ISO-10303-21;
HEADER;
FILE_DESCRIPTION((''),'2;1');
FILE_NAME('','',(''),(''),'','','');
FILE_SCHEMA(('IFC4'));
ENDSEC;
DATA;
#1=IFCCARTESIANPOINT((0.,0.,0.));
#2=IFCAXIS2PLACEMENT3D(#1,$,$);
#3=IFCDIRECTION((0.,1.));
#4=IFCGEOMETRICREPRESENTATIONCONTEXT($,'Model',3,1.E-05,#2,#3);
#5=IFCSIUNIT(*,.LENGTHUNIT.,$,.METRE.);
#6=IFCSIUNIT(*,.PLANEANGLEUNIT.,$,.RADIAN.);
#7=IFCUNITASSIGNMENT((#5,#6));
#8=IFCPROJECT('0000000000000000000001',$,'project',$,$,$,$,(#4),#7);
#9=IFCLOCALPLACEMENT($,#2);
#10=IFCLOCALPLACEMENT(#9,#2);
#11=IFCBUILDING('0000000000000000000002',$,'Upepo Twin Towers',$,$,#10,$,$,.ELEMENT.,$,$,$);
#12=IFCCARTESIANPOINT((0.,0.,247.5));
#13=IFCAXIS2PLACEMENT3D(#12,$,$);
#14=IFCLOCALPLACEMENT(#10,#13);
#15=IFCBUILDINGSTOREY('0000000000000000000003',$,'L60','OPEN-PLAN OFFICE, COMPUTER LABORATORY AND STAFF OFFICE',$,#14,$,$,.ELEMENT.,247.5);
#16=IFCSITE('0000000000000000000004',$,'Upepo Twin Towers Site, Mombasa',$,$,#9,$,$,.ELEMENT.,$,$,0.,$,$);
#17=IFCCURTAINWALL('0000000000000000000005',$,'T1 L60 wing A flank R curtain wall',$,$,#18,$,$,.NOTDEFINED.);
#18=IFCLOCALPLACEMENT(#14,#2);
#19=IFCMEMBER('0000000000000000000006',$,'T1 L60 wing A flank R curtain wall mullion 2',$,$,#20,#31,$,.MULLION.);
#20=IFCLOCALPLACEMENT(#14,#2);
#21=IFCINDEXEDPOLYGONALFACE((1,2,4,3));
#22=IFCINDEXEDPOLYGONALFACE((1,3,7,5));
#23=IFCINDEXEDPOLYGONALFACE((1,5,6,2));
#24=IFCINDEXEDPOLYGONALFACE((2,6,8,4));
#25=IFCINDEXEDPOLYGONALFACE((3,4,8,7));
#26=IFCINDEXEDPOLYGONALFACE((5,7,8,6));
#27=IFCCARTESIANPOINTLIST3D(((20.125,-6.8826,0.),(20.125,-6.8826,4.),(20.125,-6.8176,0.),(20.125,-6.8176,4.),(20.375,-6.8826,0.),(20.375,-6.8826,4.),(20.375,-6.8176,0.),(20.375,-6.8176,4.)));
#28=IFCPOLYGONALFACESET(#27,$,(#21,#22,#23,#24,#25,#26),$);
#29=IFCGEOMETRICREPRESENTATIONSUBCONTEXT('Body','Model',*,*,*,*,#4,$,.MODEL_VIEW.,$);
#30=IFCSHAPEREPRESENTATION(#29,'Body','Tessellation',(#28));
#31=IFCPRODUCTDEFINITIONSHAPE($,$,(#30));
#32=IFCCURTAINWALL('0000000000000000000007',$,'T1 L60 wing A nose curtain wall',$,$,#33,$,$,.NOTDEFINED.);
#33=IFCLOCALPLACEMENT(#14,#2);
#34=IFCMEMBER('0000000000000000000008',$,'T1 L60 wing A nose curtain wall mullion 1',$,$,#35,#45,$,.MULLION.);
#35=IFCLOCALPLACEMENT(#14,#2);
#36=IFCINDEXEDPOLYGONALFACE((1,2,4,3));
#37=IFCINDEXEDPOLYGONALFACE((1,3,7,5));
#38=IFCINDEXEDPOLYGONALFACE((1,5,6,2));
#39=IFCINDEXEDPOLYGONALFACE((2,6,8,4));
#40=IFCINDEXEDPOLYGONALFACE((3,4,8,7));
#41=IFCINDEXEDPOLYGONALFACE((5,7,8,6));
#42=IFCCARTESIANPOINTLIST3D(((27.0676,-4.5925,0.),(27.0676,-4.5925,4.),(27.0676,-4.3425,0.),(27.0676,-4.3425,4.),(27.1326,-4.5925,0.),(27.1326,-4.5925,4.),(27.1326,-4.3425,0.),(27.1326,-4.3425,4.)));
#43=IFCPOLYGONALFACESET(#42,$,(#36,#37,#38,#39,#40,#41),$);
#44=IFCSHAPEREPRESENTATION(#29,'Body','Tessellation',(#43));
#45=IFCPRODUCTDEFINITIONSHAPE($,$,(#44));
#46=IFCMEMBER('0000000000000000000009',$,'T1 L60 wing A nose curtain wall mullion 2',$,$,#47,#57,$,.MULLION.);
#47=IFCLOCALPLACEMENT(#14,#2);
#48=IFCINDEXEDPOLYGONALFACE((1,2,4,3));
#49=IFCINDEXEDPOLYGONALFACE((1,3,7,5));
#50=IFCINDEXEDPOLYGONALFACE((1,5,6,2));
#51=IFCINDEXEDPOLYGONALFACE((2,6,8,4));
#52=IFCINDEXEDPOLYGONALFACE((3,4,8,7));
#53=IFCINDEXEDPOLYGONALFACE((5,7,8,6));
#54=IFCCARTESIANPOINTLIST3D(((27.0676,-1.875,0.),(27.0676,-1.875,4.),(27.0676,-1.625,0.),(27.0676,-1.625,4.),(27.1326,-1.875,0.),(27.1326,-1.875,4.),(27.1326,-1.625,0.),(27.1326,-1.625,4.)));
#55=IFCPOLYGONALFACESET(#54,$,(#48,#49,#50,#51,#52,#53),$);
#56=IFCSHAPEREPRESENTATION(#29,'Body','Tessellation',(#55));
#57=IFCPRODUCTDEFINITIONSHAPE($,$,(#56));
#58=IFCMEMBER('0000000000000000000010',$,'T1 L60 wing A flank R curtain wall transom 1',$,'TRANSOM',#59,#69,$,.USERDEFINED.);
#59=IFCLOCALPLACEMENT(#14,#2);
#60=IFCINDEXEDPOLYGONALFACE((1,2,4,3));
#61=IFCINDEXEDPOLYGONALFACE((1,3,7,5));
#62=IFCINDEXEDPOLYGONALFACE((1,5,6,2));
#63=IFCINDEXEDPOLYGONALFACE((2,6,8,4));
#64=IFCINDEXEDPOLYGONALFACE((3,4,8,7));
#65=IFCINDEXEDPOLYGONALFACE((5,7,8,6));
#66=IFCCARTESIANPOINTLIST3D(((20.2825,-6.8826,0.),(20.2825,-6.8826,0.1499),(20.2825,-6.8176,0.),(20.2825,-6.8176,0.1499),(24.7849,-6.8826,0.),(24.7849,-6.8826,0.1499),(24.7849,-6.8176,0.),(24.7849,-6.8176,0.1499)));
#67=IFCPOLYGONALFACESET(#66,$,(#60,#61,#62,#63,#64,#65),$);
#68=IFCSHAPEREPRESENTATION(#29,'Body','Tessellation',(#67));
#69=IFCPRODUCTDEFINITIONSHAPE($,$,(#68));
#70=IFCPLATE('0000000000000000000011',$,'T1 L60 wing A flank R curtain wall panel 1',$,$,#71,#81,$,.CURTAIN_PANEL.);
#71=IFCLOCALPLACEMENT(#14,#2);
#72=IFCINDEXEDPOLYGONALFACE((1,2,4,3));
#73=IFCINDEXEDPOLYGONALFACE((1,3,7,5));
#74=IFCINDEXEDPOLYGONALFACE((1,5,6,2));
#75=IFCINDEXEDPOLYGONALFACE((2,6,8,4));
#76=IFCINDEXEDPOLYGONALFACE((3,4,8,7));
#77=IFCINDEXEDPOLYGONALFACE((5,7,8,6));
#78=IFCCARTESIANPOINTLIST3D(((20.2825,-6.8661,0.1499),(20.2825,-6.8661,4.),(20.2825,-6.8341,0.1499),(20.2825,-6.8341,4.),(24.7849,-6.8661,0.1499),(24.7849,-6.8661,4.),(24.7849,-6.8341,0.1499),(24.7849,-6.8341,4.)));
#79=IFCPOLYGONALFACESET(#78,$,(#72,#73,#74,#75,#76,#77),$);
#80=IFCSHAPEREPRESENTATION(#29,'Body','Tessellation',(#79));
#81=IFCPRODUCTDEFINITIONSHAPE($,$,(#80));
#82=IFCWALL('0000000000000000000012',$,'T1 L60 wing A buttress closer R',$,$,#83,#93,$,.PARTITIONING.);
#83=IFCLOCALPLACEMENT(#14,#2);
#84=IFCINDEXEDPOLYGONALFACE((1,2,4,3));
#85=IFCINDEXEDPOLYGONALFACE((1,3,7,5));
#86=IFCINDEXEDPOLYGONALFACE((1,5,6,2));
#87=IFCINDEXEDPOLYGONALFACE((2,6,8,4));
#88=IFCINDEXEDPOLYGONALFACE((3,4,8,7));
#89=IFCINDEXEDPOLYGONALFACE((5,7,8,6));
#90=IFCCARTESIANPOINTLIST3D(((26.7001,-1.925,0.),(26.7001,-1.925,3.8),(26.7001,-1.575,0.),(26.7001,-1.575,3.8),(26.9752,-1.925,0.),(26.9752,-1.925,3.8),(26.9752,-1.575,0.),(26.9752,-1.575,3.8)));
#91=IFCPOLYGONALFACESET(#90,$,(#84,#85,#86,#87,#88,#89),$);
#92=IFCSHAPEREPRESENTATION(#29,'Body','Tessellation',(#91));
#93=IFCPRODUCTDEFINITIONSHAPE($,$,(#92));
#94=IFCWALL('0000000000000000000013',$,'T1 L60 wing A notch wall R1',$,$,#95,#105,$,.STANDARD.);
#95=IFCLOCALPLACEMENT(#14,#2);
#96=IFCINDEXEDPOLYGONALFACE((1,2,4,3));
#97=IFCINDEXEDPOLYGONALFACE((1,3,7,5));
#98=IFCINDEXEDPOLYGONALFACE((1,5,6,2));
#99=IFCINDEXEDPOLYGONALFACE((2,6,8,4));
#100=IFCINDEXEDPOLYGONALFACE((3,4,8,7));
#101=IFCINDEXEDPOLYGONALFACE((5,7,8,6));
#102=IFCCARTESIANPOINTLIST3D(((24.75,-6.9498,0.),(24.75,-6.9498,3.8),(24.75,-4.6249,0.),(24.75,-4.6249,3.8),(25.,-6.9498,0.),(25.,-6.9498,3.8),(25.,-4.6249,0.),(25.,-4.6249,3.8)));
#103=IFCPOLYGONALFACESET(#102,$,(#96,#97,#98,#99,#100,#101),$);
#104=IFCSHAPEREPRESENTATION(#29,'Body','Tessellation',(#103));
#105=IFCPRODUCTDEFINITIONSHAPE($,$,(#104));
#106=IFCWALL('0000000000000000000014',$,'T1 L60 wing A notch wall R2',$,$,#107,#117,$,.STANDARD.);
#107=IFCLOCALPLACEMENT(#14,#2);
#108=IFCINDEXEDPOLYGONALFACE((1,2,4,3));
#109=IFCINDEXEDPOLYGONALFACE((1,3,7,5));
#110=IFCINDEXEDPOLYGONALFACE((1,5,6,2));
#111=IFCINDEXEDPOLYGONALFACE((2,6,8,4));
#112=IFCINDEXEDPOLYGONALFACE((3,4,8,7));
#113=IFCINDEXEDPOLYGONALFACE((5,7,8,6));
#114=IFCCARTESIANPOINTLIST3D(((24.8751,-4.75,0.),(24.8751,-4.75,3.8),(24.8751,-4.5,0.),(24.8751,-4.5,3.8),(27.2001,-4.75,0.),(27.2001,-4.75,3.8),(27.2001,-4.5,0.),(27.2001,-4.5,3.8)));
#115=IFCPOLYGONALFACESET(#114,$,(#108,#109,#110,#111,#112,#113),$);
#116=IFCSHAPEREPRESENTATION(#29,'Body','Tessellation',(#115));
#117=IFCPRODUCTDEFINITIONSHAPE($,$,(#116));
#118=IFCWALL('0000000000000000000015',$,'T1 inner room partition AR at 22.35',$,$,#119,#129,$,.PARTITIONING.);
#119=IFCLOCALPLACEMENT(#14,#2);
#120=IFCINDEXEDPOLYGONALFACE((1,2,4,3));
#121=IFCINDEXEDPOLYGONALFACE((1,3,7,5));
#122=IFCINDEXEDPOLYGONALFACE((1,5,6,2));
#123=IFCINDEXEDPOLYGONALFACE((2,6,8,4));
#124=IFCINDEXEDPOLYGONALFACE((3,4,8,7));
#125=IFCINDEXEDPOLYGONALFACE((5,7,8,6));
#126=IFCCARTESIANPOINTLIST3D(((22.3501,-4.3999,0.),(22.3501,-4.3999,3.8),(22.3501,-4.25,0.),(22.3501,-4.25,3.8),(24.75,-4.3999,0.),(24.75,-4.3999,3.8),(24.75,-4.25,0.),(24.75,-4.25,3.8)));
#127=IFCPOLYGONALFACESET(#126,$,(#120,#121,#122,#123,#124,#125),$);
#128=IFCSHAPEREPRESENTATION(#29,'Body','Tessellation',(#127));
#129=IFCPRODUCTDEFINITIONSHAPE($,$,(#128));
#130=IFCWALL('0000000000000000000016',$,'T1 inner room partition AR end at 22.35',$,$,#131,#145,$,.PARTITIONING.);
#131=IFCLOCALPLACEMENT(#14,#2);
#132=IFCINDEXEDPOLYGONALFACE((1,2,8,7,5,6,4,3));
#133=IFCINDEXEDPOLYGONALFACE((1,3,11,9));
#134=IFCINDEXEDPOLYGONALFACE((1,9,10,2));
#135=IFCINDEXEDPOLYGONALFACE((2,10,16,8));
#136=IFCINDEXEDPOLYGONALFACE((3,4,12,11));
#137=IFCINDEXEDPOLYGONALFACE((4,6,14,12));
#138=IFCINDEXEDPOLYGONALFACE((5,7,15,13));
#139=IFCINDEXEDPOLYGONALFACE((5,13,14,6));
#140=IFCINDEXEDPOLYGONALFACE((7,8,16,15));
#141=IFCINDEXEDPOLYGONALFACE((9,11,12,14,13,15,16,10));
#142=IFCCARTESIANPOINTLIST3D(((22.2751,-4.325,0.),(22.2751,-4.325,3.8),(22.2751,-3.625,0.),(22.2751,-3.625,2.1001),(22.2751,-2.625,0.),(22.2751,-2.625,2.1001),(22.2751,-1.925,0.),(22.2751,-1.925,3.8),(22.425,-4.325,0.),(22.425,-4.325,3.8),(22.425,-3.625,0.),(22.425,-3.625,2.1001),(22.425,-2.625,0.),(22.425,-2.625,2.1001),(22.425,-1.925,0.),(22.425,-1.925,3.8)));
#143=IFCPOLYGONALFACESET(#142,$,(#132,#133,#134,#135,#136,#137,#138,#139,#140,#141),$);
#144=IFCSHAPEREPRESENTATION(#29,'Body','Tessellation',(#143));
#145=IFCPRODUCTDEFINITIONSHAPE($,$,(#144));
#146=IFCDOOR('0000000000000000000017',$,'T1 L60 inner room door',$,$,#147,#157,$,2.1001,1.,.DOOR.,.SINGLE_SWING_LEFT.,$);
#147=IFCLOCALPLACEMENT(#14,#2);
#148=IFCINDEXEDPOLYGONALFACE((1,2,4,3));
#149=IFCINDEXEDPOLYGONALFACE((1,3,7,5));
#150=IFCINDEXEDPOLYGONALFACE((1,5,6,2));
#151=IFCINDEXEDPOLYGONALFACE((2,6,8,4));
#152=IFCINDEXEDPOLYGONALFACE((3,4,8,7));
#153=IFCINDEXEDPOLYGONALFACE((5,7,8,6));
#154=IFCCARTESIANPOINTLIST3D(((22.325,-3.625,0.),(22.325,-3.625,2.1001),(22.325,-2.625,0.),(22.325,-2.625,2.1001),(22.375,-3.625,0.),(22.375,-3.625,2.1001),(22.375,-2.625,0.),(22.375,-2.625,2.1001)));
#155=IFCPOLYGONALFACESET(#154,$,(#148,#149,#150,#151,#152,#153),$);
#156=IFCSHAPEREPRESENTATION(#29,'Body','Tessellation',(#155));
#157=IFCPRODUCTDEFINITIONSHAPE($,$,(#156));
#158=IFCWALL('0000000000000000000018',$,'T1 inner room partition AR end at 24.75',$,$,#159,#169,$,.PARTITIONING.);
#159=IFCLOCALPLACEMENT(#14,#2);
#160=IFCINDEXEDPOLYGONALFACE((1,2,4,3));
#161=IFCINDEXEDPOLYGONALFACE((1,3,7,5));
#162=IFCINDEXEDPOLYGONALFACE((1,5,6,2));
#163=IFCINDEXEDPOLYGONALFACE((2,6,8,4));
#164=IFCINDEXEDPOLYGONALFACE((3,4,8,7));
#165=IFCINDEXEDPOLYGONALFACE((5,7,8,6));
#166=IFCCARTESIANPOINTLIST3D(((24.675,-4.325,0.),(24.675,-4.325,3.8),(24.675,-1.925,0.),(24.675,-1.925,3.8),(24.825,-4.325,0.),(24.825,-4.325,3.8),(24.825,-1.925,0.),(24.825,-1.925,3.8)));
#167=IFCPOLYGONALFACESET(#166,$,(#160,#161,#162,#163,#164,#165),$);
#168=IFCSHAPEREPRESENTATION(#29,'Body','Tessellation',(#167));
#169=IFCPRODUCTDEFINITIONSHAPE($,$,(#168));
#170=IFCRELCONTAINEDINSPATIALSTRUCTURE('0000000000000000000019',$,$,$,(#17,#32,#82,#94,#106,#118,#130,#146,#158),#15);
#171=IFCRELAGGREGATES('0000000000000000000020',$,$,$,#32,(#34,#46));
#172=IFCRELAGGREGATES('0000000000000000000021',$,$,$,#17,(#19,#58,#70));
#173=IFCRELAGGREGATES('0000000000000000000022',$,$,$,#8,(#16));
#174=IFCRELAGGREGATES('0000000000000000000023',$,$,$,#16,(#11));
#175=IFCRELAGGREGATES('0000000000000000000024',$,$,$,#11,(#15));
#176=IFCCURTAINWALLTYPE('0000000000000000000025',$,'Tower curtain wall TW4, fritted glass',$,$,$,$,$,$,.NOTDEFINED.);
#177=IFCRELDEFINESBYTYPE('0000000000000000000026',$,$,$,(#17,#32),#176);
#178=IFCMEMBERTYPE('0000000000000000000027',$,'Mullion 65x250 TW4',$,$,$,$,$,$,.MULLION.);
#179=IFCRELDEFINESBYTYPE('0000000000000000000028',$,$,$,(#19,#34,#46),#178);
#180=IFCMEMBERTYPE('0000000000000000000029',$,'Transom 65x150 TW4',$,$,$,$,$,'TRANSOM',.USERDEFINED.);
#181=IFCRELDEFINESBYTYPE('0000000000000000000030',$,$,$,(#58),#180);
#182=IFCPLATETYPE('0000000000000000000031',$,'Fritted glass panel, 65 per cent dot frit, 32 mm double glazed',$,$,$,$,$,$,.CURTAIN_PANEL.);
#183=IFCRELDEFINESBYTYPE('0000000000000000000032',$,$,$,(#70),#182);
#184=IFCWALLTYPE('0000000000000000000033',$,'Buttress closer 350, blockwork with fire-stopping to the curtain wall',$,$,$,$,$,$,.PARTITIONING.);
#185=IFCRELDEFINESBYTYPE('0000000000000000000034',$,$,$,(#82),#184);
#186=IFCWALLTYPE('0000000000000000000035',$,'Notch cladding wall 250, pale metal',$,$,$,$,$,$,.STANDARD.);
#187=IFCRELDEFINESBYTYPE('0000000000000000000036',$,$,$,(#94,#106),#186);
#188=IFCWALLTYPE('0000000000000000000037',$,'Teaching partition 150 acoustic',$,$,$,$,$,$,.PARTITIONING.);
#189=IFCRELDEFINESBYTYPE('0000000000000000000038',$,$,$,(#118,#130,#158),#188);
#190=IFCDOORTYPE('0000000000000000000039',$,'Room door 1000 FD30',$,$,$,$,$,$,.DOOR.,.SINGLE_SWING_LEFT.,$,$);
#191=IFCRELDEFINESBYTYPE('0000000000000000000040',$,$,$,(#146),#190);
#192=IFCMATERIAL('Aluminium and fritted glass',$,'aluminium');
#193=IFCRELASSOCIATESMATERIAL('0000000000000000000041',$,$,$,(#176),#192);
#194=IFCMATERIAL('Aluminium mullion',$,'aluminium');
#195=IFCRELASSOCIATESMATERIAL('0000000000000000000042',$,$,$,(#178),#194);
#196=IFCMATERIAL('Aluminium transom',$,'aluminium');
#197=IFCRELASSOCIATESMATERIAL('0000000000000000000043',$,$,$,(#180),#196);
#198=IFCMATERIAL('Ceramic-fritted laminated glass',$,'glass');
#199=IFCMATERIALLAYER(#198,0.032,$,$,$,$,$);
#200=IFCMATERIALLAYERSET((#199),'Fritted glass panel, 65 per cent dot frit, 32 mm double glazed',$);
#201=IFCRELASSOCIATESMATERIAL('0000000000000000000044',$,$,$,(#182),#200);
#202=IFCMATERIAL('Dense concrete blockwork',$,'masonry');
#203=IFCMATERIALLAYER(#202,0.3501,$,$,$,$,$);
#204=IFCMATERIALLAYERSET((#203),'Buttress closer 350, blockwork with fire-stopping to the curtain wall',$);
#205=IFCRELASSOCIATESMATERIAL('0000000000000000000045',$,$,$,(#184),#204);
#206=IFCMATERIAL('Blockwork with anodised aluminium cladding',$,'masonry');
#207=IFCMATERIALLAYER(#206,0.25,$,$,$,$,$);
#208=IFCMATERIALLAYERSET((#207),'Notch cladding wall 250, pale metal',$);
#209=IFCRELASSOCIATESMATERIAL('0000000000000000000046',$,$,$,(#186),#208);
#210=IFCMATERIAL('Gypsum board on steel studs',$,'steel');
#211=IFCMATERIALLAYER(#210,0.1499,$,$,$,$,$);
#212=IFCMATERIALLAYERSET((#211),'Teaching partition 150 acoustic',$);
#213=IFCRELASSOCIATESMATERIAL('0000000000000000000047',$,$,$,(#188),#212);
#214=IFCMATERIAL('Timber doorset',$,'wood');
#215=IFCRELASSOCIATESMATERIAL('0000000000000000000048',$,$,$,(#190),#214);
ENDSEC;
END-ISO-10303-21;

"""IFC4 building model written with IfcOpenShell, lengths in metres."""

from ifc_helpers import new_model, si_unit, direction, frame, frame_2d, origin, origin_2d, place, context, subcontext, project, spatial, rectangle, extrude, material, layer, layer_set, material_profile, profile_set, type_object, element, fill, aggregate, save


model = new_model("IFC4")

# Units and contexts
model_context = context("Model", 3, precision=1e-05, world=origin(), true_north=direction((0.0, 1.0)))
body_context = subcontext(model_context, "Body", "Model", "MODEL_VIEW")
ifc_project = project(units=[si_unit("LENGTHUNIT", "METRE"), si_unit("PLANEANGLEUNIT", "RADIAN")], contexts=[model_context])

# Site, building, storey
site_placement = place(None, origin())
site = spatial("IfcSite", under=ifc_project, at=site_placement, Name="Upepo Twin Towers Site, Mombasa", CompositionType="ELEMENT", RefElevation=0.0)
building_placement = place(site_placement, origin())
building = spatial("IfcBuilding", under=site, at=building_placement, Name="Upepo Twin Towers", CompositionType="ELEMENT")
storey_placement = place(building_placement, frame((0.0, 0.0, 247.5)))
storey = spatial("IfcBuildingStorey", under=building, at=storey_placement, Name="L60", Description="OPEN-PLAN OFFICE, COMPUTER LABORATORY AND STAFF OFFICE", CompositionType="ELEMENT", Elevation=247.5)

# Curtain walls, members
ifc_material_1 = material(Name="Aluminium and fritted glass", Category="aluminium")
curtain_wall_type = type_object("IfcCurtainWallType", Name="Tower curtain wall TW4, fritted glass", PredefinedType="NOTDEFINED", material=ifc_material_1)
curtain_wall_1_placement = place(storey_placement, origin())
curtain_wall_1 = element("IfcCurtainWall", 1, at=curtain_wall_1_placement, inside=storey, type_object=curtain_wall_type, Name="T1 L60 wing A flank R curtain wall", PredefinedType="NOTDEFINED")
ifc_material_2 = material(Name="Aluminium mullion", Category="aluminium")
ifc_material_profile_1 = material_profile(ifc_material_2, rectangle(XDim=0.0649, YDim=0.25, at=origin_2d()), Name="MULLION 65x250")
ifc_profile_set_1 = profile_set([ifc_material_profile_1], Name="Aluminium mullion")
member_type_1 = type_object("IfcMemberType", Name="Mullion 65x250 TW4", PredefinedType="MULLION", material=ifc_profile_set_1)
member_1_placement = place(storey_placement, frame((20.25, -6.8501, 0.0), z_axis=(0.0, 0.0, 1.0), x_axis=(0.0, -1.0, 0.0)))
member_1 = element("IfcMember", 2, at=member_1_placement, type_object=member_type_1, Name="T1 L60 wing A flank R curtain wall mullion 2", PredefinedType="MULLION", context=body_context, shape_type="SweptSolid", body=[
    extrude(rectangle(XDim=0.0649, YDim=0.25, at=origin_2d()), origin(), (0.0, 0.0, 1.0), 4.0),
])
curtain_wall_2_placement = place(storey_placement, origin())
curtain_wall_2 = element("IfcCurtainWall", 3, at=curtain_wall_2_placement, inside=storey, type_object=curtain_wall_type, Name="T1 L60 wing A nose curtain wall", PredefinedType="NOTDEFINED")
member_2_placement = place(storey_placement, frame((27.1001, -4.4675, 0.0), z_axis=(0.0, 0.0, 1.0), x_axis=(-1.0, 0.0, 0.0)))
member_2 = element("IfcMember", 4, at=member_2_placement, type_object=member_type_1, Name="T1 L60 wing A nose curtain wall mullion 1", PredefinedType="MULLION", context=body_context, shape_type="SweptSolid", body=[
    extrude(rectangle(XDim=0.0649, YDim=0.25, at=origin_2d()), origin(), (0.0, 0.0, 1.0), 4.0),
])
member_3_placement = place(storey_placement, frame((27.1001, -1.75, 0.0), z_axis=(0.0, 0.0, 1.0), x_axis=(-1.0, 0.0, 0.0)))
member_3 = element("IfcMember", 5, at=member_3_placement, type_object=member_type_1, Name="T1 L60 wing A nose curtain wall mullion 2", PredefinedType="MULLION", context=body_context, shape_type="SweptSolid", body=[
    extrude(rectangle(XDim=0.0649, YDim=0.25, at=origin_2d()), origin(), (0.0, 0.0, 1.0), 4.0),
])
aggregate(curtain_wall_2, [member_2, member_3])

# Member
ifc_material_3 = material(Name="Aluminium transom", Category="aluminium")
ifc_material_profile_2 = material_profile(ifc_material_3, rectangle(XDim=0.0649, YDim=0.1499, at=origin_2d()), Name="TRANSOM 65x150")
ifc_profile_set_2 = profile_set([ifc_material_profile_2], Name="Aluminium transom")
member_type_2 = type_object("IfcMemberType", Name="Transom 65x150 TW4", ElementType="TRANSOM", PredefinedType="USERDEFINED", material=ifc_profile_set_2)
member_4_placement = place(storey_placement, frame((24.7849, -6.8501, 0.075), z_axis=(-1.0, 0.0, 0.0), x_axis=(0.0, -1.0, 0.0)))
member_4 = element("IfcMember", 6, at=member_4_placement, type_object=member_type_2, Name="T1 L60 wing A flank R curtain wall transom 1", ObjectType="TRANSOM", PredefinedType="USERDEFINED", context=body_context, shape_type="SweptSolid", body=[
    extrude(rectangle(XDim=0.0649, YDim=0.1499, at=origin_2d()), origin(), (0.0, 0.0, 1.0), 4.5024),
])

# Plate
ifc_material_4 = material(Name="Ceramic-fritted laminated glass", Category="glass")
ifc_layer_1 = layer(ifc_material_4, 0.032)
ifc_layer_set_1 = layer_set([ifc_layer_1], Name="Fritted glass panel, 65 per cent dot frit, 32 mm double glazed")
plate_type = type_object("IfcPlateType", Name="Fritted glass panel, 65 per cent dot frit, 32 mm double glazed", PredefinedType="CURTAIN_PANEL", material=ifc_layer_set_1)
plate_placement = place(storey_placement, frame((22.5337, -6.8501, 0.1499), z_axis=(0.0, 0.0, 1.0), x_axis=(-1.0, 0.0, 0.0)))
plate = element("IfcPlate", 7, at=plate_placement, type_object=plate_type, Name="T1 L60 wing A flank R curtain wall panel 1", PredefinedType="CURTAIN_PANEL", context=body_context, shape_type="SweptSolid", body=[
    extrude(rectangle(XDim=4.5024, YDim=0.032, at=origin_2d()), origin(), (0.0, 0.0, 1.0), 3.8501),
])
aggregate(curtain_wall_1, [member_1, member_4, plate])

# Walls
ifc_material_5 = material(Name="Dense concrete blockwork", Category="masonry")
ifc_layer_2 = layer(ifc_material_5, 0.3501)
ifc_layer_set_2 = layer_set([ifc_layer_2], Name="Buttress closer 350, blockwork with fire-stopping to the curtain wall")
wall_type_1 = type_object("IfcWallType", Name="Buttress closer 350, blockwork with fire-stopping to the curtain wall", PredefinedType="PARTITIONING", material=ifc_layer_set_2)
wall_1_placement = place(storey_placement, frame((26.7, -1.75, 0.0), z_axis=(0.0, 0.0, 1.0), x_axis=(1.0, 0.0, 0.0)))
element("IfcWall", 8, at=wall_1_placement, inside=storey, type_object=wall_type_1, Name="T1 L60 wing A buttress closer R", PredefinedType="PARTITIONING", context=body_context, shape_type="SweptSolid", body=[
    extrude(rectangle(XDim=0.2751, YDim=0.3501, at=frame_2d((0.1377, 0.0))), origin(), (0.0, 0.0, 1.0), 3.8),
])
ifc_material_6 = material(Name="Blockwork with anodised aluminium cladding", Category="masonry")
ifc_layer_3 = layer(ifc_material_6, 0.25)
ifc_layer_set_3 = layer_set([ifc_layer_3], Name="Notch cladding wall 250, pale metal")
wall_type_2 = type_object("IfcWallType", Name="Notch cladding wall 250, pale metal", PredefinedType="STANDARD", material=ifc_layer_set_3)
for number, where, z_axis, x_axis, name in (
    (9, (24.875, -6.95, 0.0), (0.0, 0.0, 1.0), (0.0, 1.0, 0.0), "T1 L60 wing A notch wall R1"),
    (10, (24.875, -4.625, 0.0), (0.0, 0.0, 1.0), (1.0, 0.0, 0.0), "T1 L60 wing A notch wall R2"),
):
    element("IfcWall", number, at=place(storey_placement, frame(where, z_axis=z_axis, x_axis=x_axis)), inside=storey, type_object=wall_type_2, Name=name, PredefinedType="STANDARD", context=body_context, shape_type="SweptSolid", body=[
        extrude(rectangle(XDim=2.325, YDim=0.25, at=frame_2d((1.1626, 0.0))), origin(), (0.0, 0.0, 1.0), 3.8),
    ])
ifc_material_7 = material(Name="Gypsum board on steel studs", Category="steel")
ifc_layer_4 = layer(ifc_material_7, 0.1499)
ifc_layer_set_4 = layer_set([ifc_layer_4], Name="Teaching partition 150 acoustic")
wall_type_3 = type_object("IfcWallType", Name="Teaching partition 150 acoustic", PredefinedType="PARTITIONING", material=ifc_layer_set_4)
wall_2_placement = place(storey_placement, frame((22.3501, -4.325, 0.0), z_axis=(0.0, 0.0, 1.0), x_axis=(1.0, 0.0, 0.0)))
element("IfcWall", 11, at=wall_2_placement, inside=storey, type_object=wall_type_3, Name="T1 inner room partition AR at 22.35", PredefinedType="PARTITIONING", context=body_context, shape_type="SweptSolid", body=[
    extrude(rectangle(XDim=2.3999, YDim=0.1499, at=frame_2d((1.2, 0.0))), origin(), (0.0, 0.0, 1.0), 3.8),
])

# Wall, opening, door
wall_3_placement = place(storey_placement, frame((22.3501, -1.925, 0.0), z_axis=(0.0, 0.0, 1.0), x_axis=(0.0, -1.0, 0.0)))
wall_3 = element("IfcWall", 12, at=wall_3_placement, inside=storey, type_object=wall_type_3, Name="T1 inner room partition AR end at 22.35", PredefinedType="PARTITIONING", context=body_context, shape_type="SweptSolid", body=[
    extrude(rectangle(XDim=2.3999, YDim=0.1499, at=frame_2d((1.2, 0.0))), origin(), (0.0, 0.0, 1.0), 3.8),
])
opening_placement = place(wall_3_placement, frame((0.7, 0.0, 0.0)))
opening = element("IfcOpeningElement", 13, at=opening_placement, cuts=wall_3, PredefinedType="OPENING", context=body_context, shape_type="SweptSolid", body=[
    extrude(rectangle(XDim=1.0, YDim=2.1001, at=frame_2d((0.5, 1.05))), frame((0.0, 0.085, 0.0), z_axis=(0.0, -1.0, 0.0), x_axis=(1.0, 0.0, 0.0)), (0.0, 0.0, 1.0), 0.1699),
])
ifc_material_8 = material(Name="Timber doorset", Category="wood")
door_type = type_object("IfcDoorType", Name="Room door 1000 FD30", OperationType="SINGLE_SWING_LEFT", PredefinedType="DOOR", material=ifc_material_8)
door_placement = place(opening_placement, origin())
door = element("IfcDoor", 14, at=door_placement, inside=storey, type_object=door_type, Name="T1 L60 inner room door", OperationType="SINGLE_SWING_LEFT", OverallHeight=2.1001, OverallWidth=1.0, PredefinedType="DOOR", context=body_context, shape_type="SweptSolid", body=[
    extrude(rectangle(XDim=1.0, YDim=2.1001, at=frame_2d((0.5, 1.05))), frame((0.0, 0.0249, 0.0), z_axis=(0.0, -1.0, 0.0), x_axis=(1.0, 0.0, 0.0)), (0.0, 0.0, 1.0), 0.05),
])
fill(opening, door)

# Wall
wall_4_placement = place(storey_placement, frame((24.75, -1.925, 0.0), z_axis=(0.0, 0.0, 1.0), x_axis=(0.0, -1.0, 0.0)))
element("IfcWall", 15, at=wall_4_placement, inside=storey, type_object=wall_type_3, Name="T1 inner room partition AR end at 24.75", PredefinedType="PARTITIONING", context=body_context, shape_type="SweptSolid", body=[
    extrude(rectangle(XDim=2.3999, YDim=0.1499, at=frame_2d((1.2, 0.0))), origin(), (0.0, 0.0, 1.0), 3.8),
])

save(model, "model.ifc")
